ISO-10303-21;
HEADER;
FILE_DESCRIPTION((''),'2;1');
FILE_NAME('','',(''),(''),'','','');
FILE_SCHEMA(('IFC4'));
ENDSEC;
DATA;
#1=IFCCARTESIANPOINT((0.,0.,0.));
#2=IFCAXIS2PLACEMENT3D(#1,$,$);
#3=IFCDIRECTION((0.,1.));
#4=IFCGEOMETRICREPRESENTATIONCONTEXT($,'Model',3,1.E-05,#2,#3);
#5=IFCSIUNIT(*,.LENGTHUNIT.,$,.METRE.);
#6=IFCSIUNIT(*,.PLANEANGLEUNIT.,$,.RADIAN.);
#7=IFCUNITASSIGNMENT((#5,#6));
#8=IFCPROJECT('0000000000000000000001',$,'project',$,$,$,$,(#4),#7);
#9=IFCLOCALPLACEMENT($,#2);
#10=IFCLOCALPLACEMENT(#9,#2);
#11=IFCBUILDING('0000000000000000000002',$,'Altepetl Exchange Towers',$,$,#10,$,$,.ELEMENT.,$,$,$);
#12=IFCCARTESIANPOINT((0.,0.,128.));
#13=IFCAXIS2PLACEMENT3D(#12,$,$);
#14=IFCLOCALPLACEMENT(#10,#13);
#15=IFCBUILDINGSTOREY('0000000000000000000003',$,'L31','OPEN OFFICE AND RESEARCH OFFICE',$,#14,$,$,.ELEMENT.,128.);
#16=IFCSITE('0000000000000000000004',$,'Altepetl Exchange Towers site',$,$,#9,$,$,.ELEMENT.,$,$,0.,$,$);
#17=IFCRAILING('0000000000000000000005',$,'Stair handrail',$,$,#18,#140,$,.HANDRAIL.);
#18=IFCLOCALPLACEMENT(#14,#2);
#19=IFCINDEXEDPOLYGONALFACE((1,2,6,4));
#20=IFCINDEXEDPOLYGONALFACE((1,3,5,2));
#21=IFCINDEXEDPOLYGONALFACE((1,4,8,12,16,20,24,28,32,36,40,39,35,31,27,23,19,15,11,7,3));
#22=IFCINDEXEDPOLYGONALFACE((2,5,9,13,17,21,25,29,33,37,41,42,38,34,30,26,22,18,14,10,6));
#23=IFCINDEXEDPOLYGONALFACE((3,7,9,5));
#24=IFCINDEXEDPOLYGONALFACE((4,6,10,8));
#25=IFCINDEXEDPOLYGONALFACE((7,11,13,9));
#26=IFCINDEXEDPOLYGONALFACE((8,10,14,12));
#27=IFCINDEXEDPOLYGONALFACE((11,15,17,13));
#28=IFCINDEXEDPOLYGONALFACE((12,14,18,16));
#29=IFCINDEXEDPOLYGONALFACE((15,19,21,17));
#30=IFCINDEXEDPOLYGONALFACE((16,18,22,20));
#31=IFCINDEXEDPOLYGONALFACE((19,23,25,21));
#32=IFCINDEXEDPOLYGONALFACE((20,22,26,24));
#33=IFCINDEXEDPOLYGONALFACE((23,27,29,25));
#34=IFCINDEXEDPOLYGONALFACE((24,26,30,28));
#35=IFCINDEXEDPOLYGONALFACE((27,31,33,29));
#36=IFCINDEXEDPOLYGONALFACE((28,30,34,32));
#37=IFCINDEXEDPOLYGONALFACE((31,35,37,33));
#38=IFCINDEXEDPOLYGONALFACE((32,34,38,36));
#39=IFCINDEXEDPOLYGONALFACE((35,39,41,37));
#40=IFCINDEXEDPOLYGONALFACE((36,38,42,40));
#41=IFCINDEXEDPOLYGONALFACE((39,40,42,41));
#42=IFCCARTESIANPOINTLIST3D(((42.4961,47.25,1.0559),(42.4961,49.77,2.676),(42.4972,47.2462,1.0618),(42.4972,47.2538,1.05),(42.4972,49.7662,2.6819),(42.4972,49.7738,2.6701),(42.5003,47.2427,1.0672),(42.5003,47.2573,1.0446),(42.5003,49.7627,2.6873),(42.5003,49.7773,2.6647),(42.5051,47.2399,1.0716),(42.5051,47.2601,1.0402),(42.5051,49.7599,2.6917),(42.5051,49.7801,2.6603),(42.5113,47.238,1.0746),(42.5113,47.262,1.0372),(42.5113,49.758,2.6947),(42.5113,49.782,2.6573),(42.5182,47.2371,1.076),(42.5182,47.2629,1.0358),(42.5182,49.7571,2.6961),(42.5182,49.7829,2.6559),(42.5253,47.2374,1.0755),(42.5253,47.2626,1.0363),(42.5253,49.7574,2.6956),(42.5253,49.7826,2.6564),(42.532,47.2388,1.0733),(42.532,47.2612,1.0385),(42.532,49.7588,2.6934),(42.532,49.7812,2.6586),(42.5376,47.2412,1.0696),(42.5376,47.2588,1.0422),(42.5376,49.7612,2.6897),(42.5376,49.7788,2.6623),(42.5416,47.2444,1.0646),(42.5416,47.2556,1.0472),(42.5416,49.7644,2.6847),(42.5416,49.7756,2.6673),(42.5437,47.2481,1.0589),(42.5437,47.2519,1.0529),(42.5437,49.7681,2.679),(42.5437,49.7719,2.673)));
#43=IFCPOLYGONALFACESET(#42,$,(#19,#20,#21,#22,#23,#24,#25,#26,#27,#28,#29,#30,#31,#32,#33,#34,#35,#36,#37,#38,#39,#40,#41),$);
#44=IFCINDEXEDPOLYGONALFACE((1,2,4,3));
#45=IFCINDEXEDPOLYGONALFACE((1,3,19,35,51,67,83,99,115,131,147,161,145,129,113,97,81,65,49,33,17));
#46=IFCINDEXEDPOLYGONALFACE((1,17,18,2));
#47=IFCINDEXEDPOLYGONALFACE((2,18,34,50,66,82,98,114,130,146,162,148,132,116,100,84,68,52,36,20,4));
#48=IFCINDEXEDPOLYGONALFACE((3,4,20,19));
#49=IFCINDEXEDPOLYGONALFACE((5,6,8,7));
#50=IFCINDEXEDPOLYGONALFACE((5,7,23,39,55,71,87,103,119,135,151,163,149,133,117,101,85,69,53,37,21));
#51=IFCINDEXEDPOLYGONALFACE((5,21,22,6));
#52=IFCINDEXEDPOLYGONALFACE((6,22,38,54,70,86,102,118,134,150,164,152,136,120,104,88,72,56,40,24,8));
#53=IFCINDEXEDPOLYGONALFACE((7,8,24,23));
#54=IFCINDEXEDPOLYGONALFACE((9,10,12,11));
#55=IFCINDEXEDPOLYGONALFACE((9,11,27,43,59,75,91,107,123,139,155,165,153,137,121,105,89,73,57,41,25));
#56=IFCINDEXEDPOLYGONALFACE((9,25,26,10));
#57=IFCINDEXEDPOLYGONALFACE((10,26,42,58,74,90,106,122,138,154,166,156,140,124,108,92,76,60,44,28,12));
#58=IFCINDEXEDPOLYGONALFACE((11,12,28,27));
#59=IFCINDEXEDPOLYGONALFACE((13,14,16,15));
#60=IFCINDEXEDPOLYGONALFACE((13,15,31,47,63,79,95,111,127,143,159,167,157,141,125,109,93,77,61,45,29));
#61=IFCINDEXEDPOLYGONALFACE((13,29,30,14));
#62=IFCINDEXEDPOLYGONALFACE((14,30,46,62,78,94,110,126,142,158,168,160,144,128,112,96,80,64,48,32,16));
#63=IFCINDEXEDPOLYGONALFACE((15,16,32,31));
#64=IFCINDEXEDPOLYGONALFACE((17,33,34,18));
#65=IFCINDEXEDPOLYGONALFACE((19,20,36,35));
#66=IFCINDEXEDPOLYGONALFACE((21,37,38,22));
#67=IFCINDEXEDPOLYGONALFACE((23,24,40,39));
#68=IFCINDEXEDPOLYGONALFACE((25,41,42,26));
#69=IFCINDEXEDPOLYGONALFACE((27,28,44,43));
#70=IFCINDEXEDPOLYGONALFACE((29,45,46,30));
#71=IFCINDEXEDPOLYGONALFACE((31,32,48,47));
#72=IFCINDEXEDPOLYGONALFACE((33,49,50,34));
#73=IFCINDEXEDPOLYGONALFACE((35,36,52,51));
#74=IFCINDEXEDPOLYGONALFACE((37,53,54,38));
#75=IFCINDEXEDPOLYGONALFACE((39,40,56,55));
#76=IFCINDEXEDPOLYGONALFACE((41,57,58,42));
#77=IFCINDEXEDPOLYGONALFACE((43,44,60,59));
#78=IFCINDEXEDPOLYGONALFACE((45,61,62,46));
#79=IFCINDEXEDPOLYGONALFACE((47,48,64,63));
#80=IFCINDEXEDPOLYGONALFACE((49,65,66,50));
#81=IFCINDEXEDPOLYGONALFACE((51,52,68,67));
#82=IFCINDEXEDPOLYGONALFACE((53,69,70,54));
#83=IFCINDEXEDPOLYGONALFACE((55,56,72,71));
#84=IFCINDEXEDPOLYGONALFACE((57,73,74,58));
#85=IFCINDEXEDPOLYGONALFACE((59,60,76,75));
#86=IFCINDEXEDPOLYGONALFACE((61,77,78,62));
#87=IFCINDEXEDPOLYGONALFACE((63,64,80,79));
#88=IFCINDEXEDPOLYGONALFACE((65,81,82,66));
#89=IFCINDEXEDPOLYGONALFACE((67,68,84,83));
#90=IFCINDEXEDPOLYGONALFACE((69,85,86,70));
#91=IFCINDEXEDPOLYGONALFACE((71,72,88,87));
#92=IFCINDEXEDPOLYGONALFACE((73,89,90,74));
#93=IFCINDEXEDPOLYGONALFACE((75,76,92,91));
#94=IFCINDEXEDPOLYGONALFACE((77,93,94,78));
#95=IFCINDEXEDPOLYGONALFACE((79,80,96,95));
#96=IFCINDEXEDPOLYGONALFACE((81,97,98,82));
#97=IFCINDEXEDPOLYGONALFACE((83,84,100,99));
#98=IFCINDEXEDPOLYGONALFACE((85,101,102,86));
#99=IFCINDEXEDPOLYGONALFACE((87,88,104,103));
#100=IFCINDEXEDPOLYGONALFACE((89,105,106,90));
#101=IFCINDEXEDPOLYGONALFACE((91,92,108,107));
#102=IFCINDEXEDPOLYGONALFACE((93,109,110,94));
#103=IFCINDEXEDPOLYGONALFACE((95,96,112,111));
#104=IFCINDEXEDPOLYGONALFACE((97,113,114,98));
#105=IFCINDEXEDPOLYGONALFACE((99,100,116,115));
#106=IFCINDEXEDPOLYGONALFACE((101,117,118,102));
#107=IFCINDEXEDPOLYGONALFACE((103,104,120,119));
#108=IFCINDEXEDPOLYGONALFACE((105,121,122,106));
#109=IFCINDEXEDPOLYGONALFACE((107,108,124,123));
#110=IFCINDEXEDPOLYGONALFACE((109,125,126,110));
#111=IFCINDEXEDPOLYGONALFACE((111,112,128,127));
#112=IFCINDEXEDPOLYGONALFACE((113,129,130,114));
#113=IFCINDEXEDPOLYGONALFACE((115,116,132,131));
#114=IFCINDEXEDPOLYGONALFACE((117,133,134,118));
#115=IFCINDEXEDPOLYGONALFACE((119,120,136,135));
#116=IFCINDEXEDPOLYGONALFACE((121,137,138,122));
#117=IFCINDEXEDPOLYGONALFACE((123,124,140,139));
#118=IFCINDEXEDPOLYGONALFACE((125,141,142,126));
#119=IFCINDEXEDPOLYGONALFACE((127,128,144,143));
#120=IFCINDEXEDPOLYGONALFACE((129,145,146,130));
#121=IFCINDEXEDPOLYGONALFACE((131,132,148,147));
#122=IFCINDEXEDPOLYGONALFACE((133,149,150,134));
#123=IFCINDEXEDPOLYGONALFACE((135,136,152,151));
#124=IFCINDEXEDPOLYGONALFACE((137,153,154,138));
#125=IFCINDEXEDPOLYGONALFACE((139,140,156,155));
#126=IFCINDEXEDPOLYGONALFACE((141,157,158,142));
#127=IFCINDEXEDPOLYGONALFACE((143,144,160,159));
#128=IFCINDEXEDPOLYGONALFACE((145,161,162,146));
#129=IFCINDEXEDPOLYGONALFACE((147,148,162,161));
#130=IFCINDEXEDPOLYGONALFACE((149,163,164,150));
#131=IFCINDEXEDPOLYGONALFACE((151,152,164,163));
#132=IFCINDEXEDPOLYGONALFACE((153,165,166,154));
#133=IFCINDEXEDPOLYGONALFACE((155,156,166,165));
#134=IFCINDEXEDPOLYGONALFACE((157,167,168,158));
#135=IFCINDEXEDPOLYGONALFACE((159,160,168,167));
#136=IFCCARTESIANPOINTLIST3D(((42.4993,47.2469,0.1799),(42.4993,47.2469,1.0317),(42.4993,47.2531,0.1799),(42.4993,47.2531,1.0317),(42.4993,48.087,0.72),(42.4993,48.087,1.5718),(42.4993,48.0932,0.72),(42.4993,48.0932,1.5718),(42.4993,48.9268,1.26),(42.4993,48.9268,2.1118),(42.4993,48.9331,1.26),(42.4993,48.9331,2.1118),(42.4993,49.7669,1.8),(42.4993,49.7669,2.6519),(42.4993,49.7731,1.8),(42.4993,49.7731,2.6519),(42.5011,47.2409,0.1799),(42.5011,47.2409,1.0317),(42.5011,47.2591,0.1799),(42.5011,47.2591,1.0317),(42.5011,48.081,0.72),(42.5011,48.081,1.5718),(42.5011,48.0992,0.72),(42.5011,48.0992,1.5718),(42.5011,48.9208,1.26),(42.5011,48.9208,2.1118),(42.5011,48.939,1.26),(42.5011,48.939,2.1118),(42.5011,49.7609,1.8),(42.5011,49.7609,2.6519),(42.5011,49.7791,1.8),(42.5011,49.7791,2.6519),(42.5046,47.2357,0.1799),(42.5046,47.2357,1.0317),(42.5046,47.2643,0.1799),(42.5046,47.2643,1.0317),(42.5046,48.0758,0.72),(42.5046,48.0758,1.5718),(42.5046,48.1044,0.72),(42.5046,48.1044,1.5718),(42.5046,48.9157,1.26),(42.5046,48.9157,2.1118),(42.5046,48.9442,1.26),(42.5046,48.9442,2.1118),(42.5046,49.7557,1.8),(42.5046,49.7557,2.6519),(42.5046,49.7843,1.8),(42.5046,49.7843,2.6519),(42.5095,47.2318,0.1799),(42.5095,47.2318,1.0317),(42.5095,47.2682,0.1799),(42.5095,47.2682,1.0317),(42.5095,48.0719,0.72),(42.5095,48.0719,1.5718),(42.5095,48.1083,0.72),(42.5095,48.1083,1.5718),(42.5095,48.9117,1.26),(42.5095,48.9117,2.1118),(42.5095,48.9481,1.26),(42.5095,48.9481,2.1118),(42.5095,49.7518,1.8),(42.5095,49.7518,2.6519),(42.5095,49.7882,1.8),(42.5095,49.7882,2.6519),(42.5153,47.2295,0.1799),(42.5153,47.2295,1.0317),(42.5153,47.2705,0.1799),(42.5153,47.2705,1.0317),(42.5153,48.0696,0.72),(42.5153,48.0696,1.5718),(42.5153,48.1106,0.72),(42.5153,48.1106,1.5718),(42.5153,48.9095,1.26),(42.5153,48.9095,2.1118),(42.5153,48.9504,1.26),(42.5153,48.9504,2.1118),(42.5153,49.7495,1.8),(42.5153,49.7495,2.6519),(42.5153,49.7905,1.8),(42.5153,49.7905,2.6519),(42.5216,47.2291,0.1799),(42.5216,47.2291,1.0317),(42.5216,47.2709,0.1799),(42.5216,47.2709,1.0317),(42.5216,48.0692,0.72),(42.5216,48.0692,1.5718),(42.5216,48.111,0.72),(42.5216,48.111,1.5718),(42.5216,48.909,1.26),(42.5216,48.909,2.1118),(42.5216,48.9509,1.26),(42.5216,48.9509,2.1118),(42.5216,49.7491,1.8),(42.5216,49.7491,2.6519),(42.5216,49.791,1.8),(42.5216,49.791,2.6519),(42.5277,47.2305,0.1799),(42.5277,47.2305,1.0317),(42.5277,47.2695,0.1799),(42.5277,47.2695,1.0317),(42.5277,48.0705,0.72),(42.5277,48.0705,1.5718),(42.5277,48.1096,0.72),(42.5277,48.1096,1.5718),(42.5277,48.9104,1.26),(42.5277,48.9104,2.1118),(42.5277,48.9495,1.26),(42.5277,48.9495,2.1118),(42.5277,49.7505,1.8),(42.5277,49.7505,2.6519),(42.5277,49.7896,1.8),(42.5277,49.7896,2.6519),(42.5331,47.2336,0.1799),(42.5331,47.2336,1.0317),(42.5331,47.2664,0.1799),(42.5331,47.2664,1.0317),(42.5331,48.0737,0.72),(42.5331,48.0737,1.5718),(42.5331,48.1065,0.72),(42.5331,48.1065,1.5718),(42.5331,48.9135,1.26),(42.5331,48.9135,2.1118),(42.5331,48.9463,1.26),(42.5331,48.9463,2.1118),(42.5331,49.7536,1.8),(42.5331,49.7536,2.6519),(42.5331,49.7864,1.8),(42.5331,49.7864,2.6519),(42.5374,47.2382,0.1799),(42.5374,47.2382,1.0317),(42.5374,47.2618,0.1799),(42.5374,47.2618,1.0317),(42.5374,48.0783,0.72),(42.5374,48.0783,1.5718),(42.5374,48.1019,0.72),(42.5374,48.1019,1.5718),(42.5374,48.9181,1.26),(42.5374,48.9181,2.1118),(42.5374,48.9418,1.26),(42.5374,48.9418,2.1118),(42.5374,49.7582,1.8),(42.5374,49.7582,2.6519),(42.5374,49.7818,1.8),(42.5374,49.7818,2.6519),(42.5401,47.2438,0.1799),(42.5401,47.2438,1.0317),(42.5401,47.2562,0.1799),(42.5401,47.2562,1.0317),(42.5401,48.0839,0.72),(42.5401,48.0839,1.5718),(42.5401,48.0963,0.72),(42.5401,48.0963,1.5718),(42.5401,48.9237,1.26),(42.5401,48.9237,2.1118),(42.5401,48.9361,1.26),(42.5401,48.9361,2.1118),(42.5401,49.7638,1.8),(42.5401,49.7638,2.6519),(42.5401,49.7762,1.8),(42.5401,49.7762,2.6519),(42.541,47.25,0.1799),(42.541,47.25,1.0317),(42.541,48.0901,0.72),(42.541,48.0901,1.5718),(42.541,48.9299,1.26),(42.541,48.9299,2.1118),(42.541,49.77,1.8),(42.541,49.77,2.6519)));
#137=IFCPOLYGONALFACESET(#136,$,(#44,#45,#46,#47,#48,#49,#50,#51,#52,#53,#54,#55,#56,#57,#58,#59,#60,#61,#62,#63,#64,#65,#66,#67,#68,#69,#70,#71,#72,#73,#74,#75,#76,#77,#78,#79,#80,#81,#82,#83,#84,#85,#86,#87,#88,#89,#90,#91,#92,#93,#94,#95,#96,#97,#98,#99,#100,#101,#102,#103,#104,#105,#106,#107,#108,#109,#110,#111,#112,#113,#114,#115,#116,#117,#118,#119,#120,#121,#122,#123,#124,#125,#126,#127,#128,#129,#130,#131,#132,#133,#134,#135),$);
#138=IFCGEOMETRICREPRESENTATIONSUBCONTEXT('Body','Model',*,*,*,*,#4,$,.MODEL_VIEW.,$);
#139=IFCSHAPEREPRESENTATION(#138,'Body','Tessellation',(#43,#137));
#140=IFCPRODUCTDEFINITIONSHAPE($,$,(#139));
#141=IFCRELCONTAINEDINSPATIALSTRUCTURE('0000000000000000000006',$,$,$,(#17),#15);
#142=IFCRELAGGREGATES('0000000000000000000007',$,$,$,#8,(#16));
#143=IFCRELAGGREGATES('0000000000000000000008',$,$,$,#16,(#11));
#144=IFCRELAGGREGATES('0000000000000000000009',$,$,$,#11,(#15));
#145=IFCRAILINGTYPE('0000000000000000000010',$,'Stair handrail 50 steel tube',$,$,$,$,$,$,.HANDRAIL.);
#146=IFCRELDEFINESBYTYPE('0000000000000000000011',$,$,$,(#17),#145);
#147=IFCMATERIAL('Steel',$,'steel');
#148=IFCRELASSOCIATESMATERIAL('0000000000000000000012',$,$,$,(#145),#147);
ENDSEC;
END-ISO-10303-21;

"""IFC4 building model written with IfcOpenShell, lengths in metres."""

from ifc_helpers import new_model, si_unit, direction, frame, origin, origin_2d, place, context, subcontext, project, spatial, circle, extrude, source, transform, mapped, material, type_object, element, save


model = new_model("IFC4")

# Units and contexts
model_context = context("Model", 3, precision=1e-05, world=origin(), true_north=direction((0.0, 1.0)))
body_context = subcontext(model_context, "Body", "Model", "MODEL_VIEW")
ifc_project = project(units=[si_unit("LENGTHUNIT", "METRE"), si_unit("PLANEANGLEUNIT", "RADIAN")], contexts=[model_context])

# Site, building, storey
site_placement = place(None, origin())
site = spatial("IfcSite", under=ifc_project, at=site_placement, Name="Altepetl Exchange Towers site", CompositionType="ELEMENT", RefElevation=0.0)
building_placement = place(site_placement, origin())
building = spatial("IfcBuilding", under=site, at=building_placement, Name="Altepetl Exchange Towers", CompositionType="ELEMENT")
storey_placement = place(building_placement, frame((0.0, 0.0, 128.0)))
storey = spatial("IfcBuildingStorey", under=building, at=storey_placement, Name="L31", Description="OPEN OFFICE AND RESEARCH OFFICE", CompositionType="ELEMENT", Elevation=128.0)

# Railing
ifc_material_1 = material(Name="Steel", Category="steel")
railing_type = type_object("IfcRailingType", Name="Stair handrail 50 steel tube", PredefinedType="HANDRAIL", material=ifc_material_1)
shared_shape = source(origin(), body_context, "Body", "SweptSolid", [
    extrude(circle(Radius=0.021, at=origin_2d()), origin(), (0.0, 0.0, 1.0), 0.8518),
])
railing_1_placement = place(storey_placement, frame((42.52, 47.25, 0.1799)))
element("IfcRailing", 1, at=railing_1_placement, inside=storey, type_object=railing_type, Name="Stair handrail", PredefinedType="HANDRAIL", context=body_context, shape_type="SweptSolid", body=[
    extrude(circle(Radius=0.0239, at=origin_2d()), frame((0.0, 0.0, 0.876), z_axis=(0.0, 0.841163, 0.540782), x_axis=(-1.0, 0.0, 0.0)), (0.0, 0.0, 1.0), 2.9958),
    mapped(shared_shape, transform((0.0, 0.0, 0.0))),
    mapped(shared_shape, transform((0.0, 0.8401, 0.54))),
    mapped(shared_shape, transform((0.0, 1.6799, 1.0801))),
    mapped(shared_shape, transform((0.0, 2.52, 1.6201))),
])

save(model, "model.ifc")
